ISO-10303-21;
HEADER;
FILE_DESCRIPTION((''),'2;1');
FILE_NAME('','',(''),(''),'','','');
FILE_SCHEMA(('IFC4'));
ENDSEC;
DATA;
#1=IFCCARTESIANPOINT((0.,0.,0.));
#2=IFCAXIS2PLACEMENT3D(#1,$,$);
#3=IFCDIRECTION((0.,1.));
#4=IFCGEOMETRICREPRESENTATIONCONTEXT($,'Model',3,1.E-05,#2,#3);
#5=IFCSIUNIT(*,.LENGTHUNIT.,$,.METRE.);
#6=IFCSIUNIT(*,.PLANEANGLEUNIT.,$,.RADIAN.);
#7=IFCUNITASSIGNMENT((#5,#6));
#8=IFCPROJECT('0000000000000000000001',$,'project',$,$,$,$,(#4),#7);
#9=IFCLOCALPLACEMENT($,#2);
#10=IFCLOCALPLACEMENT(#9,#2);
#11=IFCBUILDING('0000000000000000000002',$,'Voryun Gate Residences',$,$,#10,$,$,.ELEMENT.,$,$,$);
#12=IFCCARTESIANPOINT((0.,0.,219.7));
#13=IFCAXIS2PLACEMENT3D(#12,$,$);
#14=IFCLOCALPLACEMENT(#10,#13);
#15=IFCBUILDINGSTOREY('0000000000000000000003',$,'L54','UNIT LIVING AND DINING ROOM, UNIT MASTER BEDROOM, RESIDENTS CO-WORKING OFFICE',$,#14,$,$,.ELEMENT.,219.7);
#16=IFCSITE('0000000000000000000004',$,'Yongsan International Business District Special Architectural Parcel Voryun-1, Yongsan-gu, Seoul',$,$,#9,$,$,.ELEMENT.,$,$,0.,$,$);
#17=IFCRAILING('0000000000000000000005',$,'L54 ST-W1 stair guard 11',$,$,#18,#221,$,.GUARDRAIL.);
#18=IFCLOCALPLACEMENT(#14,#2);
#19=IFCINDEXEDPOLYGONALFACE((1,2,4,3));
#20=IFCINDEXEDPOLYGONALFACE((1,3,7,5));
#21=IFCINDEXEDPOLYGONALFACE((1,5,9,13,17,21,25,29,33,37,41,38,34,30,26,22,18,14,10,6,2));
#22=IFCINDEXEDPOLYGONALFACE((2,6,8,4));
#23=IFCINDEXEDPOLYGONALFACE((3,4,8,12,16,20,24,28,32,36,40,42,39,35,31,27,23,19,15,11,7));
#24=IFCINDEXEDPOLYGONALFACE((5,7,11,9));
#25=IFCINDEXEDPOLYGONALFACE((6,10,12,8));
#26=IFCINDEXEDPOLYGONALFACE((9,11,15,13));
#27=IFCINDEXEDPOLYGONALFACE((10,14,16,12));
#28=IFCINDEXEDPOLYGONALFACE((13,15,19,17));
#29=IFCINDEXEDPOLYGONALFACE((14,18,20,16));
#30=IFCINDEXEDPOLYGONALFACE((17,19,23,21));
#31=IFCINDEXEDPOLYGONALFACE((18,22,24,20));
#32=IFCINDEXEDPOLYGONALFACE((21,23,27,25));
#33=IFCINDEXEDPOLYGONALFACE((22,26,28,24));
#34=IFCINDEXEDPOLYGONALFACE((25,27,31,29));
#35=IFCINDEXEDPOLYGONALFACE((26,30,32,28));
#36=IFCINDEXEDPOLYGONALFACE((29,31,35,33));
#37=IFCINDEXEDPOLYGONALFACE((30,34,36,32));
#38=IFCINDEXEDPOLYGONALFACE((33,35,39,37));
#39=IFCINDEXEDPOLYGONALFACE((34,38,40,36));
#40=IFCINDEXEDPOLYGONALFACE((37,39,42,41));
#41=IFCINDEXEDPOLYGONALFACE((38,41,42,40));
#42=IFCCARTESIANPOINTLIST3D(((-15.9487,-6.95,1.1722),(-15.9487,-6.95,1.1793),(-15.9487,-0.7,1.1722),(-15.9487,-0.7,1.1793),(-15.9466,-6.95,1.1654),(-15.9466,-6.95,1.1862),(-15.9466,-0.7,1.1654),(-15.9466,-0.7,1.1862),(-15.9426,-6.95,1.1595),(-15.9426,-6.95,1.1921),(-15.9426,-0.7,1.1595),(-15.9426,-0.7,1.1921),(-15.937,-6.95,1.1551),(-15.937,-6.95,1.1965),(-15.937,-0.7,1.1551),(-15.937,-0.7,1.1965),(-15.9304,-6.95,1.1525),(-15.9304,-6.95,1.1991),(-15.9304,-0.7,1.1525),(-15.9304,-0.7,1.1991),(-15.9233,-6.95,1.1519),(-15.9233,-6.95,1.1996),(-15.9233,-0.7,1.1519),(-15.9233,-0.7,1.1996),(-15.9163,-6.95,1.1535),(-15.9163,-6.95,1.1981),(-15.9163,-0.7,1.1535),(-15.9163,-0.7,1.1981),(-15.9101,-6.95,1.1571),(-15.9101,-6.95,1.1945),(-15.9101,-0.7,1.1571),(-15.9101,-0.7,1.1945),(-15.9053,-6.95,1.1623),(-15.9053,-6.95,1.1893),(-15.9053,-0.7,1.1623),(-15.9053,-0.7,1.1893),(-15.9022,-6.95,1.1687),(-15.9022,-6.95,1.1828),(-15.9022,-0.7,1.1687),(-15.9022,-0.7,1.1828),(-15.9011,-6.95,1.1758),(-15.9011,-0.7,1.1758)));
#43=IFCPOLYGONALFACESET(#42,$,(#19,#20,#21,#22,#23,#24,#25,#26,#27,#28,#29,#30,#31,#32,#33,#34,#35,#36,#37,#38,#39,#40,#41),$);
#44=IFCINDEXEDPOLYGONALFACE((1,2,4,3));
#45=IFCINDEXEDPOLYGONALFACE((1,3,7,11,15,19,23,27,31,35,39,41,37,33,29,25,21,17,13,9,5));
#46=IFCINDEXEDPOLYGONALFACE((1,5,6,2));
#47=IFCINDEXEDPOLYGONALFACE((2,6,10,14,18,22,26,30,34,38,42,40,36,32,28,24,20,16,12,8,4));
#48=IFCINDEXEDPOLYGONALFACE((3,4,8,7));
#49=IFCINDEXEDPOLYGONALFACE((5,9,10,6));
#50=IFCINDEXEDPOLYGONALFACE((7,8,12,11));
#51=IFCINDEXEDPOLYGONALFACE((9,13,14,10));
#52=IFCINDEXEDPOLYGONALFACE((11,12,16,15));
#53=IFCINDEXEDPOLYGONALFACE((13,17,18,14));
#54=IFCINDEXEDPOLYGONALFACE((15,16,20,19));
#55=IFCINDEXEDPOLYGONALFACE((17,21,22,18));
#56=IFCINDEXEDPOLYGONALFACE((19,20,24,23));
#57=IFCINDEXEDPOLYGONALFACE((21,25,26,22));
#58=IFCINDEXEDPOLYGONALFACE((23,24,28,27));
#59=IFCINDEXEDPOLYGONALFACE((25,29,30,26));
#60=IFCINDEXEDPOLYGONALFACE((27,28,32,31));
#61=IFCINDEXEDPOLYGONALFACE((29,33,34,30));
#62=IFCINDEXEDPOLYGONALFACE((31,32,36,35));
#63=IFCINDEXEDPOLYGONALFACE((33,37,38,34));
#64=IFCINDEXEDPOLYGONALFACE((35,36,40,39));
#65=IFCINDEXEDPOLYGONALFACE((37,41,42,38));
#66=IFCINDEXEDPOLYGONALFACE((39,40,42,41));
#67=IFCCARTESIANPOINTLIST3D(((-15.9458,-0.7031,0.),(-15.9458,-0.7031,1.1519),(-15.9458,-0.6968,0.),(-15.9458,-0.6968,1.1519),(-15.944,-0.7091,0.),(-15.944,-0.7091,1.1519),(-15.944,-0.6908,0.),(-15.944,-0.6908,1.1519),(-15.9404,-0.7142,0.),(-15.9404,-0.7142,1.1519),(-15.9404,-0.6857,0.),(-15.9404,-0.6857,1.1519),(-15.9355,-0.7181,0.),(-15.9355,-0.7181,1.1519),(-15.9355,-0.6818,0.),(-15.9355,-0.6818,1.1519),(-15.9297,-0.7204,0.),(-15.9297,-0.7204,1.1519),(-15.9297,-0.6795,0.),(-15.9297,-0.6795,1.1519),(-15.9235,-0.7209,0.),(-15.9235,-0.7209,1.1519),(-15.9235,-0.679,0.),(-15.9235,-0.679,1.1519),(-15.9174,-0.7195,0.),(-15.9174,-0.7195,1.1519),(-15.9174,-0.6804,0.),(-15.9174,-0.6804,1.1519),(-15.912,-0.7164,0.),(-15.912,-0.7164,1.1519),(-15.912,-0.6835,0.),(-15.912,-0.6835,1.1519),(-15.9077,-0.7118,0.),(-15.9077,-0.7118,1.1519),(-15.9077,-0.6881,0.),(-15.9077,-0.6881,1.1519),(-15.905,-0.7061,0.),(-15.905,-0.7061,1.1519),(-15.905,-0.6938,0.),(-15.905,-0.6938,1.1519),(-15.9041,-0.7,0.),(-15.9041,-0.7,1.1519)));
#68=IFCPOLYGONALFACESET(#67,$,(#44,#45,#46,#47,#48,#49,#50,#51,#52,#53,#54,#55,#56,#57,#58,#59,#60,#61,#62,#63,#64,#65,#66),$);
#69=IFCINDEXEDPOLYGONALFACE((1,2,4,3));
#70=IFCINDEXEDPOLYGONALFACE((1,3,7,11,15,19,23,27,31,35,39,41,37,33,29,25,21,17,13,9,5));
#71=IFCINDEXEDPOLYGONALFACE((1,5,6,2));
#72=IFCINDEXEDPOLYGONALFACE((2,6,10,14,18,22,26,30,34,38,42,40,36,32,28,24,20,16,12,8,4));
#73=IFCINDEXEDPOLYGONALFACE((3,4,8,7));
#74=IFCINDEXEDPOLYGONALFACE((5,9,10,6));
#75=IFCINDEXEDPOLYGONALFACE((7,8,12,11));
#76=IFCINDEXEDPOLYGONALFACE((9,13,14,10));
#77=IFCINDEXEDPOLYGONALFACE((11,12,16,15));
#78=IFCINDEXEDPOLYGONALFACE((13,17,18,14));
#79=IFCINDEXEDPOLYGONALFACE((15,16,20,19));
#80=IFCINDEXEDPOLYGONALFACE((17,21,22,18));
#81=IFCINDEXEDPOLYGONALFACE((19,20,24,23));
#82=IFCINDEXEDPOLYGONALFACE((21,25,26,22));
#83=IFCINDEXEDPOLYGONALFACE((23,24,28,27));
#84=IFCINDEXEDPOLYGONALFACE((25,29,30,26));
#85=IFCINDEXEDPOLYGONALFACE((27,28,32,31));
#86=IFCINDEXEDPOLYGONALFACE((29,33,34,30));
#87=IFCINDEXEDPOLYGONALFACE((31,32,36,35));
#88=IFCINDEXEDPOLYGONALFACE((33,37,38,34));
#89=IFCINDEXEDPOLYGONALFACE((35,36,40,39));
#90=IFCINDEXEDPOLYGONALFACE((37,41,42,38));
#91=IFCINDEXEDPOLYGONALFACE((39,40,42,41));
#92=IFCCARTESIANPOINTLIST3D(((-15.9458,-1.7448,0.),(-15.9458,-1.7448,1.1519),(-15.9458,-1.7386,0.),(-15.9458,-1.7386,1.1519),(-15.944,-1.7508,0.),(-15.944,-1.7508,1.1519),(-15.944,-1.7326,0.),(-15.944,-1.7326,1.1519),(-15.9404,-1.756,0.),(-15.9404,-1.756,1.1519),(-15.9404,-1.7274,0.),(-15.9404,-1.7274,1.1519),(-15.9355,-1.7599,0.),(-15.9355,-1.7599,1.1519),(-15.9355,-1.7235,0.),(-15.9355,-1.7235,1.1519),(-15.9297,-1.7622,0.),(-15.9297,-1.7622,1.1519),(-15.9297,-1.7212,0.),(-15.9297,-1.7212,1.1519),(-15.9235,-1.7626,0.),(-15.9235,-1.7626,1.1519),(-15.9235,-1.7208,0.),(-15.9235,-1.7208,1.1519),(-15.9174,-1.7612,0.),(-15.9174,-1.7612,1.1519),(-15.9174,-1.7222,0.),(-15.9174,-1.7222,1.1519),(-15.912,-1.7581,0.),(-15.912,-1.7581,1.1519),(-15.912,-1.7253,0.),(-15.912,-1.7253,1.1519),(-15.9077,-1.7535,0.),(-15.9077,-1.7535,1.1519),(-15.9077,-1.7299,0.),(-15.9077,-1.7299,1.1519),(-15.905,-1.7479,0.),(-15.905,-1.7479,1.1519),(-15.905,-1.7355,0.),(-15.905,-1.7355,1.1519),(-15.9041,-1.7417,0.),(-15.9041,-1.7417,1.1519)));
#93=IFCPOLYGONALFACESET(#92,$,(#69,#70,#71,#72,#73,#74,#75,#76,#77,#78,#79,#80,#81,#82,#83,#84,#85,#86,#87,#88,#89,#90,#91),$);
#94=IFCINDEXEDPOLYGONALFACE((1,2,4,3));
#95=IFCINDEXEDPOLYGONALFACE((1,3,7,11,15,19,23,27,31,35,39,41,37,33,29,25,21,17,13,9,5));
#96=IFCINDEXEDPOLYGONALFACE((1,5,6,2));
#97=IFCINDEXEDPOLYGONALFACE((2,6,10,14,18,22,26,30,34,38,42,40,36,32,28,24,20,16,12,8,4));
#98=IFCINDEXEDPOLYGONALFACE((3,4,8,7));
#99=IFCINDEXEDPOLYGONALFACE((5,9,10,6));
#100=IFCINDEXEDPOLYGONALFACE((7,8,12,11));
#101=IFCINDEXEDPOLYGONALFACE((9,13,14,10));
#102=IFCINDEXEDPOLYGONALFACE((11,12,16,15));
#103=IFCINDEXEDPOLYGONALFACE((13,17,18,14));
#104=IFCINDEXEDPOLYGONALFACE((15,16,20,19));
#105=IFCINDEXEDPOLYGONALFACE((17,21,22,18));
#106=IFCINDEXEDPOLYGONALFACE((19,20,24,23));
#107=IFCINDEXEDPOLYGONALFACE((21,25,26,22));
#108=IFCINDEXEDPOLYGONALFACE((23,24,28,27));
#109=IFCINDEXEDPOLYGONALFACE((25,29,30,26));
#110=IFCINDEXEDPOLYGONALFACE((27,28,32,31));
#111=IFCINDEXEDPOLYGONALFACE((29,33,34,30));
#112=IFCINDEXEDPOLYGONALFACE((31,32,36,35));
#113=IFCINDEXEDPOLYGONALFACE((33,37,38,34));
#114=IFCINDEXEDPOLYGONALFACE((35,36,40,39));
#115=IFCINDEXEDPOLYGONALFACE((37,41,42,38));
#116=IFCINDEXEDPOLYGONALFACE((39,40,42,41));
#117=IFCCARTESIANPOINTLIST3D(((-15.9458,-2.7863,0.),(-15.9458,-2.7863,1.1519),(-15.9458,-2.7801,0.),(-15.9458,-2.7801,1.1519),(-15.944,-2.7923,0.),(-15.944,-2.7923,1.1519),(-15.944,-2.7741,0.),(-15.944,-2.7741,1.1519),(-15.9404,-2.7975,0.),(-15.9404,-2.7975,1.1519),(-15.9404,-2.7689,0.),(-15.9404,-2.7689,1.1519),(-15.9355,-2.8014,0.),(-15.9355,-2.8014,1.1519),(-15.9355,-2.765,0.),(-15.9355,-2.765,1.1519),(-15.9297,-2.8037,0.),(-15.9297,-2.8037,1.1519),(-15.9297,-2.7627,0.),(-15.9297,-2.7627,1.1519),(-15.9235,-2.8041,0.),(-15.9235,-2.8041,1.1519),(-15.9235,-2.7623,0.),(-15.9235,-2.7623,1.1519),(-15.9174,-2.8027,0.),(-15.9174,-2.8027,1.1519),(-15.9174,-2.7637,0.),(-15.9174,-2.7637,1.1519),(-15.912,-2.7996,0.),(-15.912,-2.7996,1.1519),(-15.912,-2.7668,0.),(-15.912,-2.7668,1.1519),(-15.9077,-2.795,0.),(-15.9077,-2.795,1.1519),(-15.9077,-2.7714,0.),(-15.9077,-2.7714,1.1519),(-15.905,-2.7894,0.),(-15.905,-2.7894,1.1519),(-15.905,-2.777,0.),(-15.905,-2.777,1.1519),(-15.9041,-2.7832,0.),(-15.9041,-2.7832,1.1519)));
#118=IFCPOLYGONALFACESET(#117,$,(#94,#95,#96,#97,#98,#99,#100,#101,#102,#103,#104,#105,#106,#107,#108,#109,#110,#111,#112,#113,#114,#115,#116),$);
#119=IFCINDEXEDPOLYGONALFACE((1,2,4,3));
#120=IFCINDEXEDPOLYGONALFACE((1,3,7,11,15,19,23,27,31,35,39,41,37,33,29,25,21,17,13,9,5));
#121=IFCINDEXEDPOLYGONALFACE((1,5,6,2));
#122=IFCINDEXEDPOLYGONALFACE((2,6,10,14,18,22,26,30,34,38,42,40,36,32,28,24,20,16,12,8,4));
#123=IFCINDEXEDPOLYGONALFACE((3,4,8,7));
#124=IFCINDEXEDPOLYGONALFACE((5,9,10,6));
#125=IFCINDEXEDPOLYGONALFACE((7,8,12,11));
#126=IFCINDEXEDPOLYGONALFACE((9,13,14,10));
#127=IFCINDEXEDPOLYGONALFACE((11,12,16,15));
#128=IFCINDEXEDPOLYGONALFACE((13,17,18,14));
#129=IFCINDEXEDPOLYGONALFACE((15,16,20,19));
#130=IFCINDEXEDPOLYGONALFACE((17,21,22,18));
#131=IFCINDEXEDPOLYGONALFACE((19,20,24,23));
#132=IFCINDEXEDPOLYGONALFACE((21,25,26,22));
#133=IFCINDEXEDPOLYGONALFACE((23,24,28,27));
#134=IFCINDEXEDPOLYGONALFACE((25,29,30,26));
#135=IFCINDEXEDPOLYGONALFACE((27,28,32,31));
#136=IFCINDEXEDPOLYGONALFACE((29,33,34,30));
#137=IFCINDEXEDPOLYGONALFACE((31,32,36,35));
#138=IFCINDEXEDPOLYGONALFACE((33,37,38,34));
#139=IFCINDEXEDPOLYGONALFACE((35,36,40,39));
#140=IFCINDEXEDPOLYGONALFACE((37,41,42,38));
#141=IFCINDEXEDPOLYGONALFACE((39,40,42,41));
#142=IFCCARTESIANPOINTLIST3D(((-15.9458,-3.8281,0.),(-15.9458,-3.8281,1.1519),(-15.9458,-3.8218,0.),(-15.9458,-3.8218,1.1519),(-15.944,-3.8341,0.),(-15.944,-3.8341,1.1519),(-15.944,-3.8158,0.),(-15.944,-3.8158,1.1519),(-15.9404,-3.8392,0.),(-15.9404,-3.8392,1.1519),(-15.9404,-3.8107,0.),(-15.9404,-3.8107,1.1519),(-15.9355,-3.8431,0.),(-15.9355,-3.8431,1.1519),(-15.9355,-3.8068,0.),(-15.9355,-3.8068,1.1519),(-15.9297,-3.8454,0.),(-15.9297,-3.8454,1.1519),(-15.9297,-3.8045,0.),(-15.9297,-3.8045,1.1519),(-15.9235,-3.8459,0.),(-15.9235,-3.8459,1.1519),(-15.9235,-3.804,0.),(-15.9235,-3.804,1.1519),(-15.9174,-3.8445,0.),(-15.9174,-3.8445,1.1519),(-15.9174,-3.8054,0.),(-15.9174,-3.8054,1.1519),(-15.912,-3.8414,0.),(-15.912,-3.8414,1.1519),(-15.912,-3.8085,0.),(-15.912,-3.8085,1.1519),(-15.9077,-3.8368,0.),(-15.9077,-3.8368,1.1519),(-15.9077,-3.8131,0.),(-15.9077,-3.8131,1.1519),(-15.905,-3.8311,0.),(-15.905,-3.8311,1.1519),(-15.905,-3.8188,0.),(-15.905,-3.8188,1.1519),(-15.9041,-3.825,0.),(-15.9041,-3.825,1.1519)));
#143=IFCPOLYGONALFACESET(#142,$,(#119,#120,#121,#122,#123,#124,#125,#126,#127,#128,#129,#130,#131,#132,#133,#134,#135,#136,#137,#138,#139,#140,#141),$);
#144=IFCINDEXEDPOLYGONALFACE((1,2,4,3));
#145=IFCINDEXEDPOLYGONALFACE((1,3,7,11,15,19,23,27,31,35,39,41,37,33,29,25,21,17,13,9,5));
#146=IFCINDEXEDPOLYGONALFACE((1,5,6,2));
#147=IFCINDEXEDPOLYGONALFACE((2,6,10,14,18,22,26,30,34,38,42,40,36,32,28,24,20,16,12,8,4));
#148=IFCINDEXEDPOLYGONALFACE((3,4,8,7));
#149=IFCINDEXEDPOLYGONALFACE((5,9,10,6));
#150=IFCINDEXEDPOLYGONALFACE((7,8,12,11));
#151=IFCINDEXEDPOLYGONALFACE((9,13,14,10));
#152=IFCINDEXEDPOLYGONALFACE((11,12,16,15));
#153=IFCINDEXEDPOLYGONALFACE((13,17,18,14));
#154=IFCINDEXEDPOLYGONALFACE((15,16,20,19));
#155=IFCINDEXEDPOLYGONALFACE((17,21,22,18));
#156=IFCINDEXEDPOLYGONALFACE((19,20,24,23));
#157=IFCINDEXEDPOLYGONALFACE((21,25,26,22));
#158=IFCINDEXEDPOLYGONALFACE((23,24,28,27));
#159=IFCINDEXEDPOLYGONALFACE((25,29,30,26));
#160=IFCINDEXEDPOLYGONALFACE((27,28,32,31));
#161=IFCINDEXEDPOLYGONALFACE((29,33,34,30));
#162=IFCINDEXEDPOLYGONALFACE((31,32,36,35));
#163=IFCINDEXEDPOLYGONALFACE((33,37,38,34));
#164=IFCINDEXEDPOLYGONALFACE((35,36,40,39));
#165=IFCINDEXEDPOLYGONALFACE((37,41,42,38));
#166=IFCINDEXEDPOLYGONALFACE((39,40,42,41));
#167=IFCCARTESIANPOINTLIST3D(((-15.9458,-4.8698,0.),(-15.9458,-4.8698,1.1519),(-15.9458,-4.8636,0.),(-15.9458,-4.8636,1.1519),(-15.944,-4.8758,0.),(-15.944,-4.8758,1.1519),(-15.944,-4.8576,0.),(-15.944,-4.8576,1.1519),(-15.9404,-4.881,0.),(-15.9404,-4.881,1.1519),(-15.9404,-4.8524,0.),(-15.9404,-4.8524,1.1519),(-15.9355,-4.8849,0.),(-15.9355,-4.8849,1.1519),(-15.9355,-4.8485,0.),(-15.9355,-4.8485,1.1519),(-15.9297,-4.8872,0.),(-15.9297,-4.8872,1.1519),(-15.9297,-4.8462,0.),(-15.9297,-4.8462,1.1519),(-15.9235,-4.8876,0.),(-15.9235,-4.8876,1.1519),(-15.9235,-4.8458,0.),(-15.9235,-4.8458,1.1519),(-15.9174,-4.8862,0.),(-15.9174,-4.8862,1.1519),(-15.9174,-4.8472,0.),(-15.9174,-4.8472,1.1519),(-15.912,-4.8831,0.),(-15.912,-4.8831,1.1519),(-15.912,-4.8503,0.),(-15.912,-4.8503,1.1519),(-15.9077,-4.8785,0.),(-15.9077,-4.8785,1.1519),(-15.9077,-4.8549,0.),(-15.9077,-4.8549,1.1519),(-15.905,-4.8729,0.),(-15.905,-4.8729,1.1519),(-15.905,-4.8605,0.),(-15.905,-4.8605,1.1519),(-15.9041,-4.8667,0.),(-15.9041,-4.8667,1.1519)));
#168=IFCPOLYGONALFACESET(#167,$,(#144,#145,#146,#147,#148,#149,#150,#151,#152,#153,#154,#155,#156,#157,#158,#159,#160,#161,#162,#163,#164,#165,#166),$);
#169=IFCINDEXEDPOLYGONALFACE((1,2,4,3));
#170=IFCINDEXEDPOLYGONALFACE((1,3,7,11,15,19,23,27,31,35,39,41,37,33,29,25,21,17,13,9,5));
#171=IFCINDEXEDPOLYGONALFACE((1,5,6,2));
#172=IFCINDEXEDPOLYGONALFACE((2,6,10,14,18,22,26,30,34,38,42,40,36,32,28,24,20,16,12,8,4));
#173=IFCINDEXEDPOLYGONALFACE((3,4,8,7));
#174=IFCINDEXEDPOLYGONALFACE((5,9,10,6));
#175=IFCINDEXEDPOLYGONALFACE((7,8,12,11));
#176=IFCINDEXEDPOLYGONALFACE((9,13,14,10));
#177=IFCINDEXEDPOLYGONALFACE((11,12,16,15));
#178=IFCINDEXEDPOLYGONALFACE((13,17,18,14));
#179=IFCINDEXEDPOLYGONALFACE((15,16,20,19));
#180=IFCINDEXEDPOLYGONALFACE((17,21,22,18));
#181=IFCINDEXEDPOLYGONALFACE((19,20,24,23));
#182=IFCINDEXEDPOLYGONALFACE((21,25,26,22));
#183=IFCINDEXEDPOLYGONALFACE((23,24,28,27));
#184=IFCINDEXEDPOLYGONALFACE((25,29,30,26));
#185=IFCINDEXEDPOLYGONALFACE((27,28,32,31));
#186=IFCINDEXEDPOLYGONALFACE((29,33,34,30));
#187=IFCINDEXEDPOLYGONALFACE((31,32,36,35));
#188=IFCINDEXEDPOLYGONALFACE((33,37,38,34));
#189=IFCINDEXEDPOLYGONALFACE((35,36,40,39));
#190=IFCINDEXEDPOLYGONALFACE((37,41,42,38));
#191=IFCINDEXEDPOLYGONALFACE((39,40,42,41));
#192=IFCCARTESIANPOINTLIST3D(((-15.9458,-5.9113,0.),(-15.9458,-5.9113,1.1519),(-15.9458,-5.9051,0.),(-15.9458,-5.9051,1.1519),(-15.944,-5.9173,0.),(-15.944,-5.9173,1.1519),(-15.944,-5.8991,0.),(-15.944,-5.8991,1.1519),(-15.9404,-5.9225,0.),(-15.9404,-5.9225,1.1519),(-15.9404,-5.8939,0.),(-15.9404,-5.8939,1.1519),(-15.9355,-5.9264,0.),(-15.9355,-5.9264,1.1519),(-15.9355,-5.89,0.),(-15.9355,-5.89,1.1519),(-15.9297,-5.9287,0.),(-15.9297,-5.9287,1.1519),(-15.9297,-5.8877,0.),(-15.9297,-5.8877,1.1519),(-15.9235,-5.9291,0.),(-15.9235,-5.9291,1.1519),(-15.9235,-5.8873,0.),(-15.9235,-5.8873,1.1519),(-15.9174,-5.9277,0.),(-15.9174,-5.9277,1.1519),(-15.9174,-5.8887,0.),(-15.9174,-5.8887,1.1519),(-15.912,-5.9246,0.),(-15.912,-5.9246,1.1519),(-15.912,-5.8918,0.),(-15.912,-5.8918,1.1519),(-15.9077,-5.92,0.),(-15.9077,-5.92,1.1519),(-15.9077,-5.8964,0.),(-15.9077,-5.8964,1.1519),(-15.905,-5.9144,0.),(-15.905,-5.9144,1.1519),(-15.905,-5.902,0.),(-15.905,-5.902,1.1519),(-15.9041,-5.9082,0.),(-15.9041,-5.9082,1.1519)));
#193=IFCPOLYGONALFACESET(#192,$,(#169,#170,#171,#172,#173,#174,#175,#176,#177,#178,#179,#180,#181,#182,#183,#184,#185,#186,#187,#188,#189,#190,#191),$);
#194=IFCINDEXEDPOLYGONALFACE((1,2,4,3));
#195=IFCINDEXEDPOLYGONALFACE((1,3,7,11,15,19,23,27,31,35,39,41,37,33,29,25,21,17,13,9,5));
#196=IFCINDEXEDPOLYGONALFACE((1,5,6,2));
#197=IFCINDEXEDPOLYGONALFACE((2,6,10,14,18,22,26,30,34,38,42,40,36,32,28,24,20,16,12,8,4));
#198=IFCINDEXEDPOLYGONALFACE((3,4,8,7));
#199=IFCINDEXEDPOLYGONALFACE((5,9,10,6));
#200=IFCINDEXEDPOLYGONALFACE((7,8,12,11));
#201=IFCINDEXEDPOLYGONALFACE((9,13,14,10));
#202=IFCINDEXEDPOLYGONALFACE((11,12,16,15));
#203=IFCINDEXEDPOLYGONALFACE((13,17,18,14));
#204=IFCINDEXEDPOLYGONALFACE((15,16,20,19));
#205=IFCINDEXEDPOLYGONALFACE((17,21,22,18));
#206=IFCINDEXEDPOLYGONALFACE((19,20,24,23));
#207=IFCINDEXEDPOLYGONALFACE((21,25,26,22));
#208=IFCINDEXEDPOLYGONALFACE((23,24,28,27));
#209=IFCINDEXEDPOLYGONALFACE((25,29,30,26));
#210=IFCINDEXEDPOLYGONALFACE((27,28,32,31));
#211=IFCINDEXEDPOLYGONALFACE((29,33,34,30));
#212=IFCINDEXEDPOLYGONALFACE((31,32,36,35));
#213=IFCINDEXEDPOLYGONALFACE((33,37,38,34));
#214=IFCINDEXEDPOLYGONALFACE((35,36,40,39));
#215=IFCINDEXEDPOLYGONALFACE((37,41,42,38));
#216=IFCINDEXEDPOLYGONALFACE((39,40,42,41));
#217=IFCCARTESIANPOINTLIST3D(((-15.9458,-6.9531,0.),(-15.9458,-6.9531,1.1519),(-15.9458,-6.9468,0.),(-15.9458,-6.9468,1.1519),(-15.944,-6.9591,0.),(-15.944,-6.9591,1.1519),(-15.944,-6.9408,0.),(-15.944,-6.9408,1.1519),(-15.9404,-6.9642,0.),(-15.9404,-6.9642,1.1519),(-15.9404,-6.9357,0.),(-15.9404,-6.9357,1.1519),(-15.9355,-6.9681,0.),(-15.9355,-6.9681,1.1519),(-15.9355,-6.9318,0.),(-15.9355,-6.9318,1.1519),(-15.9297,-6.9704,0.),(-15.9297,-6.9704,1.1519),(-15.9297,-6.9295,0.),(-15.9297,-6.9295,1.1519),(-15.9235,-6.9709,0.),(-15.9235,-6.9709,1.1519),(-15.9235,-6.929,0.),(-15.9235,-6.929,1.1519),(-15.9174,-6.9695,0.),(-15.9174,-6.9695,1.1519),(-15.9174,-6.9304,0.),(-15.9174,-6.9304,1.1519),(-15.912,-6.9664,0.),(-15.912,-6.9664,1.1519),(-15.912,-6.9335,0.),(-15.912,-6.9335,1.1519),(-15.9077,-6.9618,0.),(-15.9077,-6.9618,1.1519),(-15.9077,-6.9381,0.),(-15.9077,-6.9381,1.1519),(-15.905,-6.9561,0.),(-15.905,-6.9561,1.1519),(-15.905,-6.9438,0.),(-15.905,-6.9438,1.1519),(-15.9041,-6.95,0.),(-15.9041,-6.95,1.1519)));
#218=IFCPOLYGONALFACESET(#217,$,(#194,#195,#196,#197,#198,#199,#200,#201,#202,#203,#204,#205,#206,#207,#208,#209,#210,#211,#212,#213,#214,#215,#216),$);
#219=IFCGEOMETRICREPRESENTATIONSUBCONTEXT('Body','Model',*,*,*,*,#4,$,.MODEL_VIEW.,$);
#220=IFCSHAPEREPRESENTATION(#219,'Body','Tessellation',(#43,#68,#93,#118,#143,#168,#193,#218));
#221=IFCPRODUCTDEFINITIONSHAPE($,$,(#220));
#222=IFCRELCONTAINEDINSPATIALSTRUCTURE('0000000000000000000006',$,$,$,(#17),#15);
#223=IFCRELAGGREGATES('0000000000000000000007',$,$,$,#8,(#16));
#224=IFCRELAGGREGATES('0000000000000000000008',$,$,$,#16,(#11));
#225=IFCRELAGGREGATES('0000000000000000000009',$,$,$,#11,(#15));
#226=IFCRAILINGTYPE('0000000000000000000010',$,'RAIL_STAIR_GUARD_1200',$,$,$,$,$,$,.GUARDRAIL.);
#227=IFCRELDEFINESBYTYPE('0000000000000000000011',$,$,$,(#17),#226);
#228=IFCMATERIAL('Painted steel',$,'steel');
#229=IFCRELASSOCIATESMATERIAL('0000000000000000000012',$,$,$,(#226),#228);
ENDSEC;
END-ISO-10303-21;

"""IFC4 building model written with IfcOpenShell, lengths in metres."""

from ifc_helpers import new_model, si_unit, direction, frame, origin, origin_2d, place, context, subcontext, project, spatial, circle, extrude, material, type_object, element, save


model = new_model("IFC4")

# Units and contexts
model_context = context("Model", 3, precision=1e-05, world=origin(), true_north=direction((0.0, 1.0)))
body_context = subcontext(model_context, "Body", "Model", "MODEL_VIEW")
ifc_project = project(units=[si_unit("LENGTHUNIT", "METRE"), si_unit("PLANEANGLEUNIT", "RADIAN")], contexts=[model_context])

# Site, building, storey
site_placement = place(None, origin())
site = spatial("IfcSite", under=ifc_project, at=site_placement, Name="Yongsan International Business District Special Architectural Parcel Voryun-1, Yongsan-gu, Seoul", CompositionType="ELEMENT", RefElevation=0.0)
building_placement = place(site_placement, origin())
building = spatial("IfcBuilding", under=site, at=building_placement, Name="Voryun Gate Residences", CompositionType="ELEMENT")
storey_placement = place(building_placement, frame((0.0, 0.0, 219.7)))
storey = spatial("IfcBuildingStorey", under=building, at=storey_placement, Name="L54", Description="UNIT LIVING AND DINING ROOM, UNIT MASTER BEDROOM, RESIDENTS CO-WORKING OFFICE", CompositionType="ELEMENT", Elevation=219.7)

# Railing
ifc_material_1 = material(Name="Painted steel", Category="steel")
railing_type = type_object("IfcRailingType", Name="RAIL_STAIR_GUARD_1200", PredefinedType="GUARDRAIL", material=ifc_material_1)
railing_1_placement = place(storey_placement, frame((-15.925, -0.7, 0.0)))
element("IfcRailing", 1, at=railing_1_placement, inside=storey, type_object=railing_type, Name="L54 ST-W1 stair guard 11", PredefinedType="GUARDRAIL", context=body_context, shape_type="SweptSolid", body=[
    extrude(circle(Radius=0.0239, at=origin_2d()), frame((0.0, 0.0, 1.1758), z_axis=(0.0, -1.0, 0.0), x_axis=(1.0, 0.0, 0.0)), (0.0, 0.0, 1.0), 6.25),
    extrude(circle(Radius=0.021, at=origin_2d()), origin(), (0.0, 0.0, 1.0), 1.1519),
    extrude(circle(Radius=0.021, at=origin_2d()), frame((0.0, -1.0417, 0.0)), (0.0, 0.0, 1.0), 1.1519),
    extrude(circle(Radius=0.021, at=origin_2d()), frame((0.0, -2.0833, 0.0)), (0.0, 0.0, 1.0), 1.1519),
    extrude(circle(Radius=0.021, at=origin_2d()), frame((0.0, -3.125, 0.0)), (0.0, 0.0, 1.0), 1.1519),
    extrude(circle(Radius=0.021, at=origin_2d()), frame((0.0, -4.1667, 0.0)), (0.0, 0.0, 1.0), 1.1519),
    extrude(circle(Radius=0.021, at=origin_2d()), frame((0.0, -5.2083, 0.0)), (0.0, 0.0, 1.0), 1.1519),
    extrude(circle(Radius=0.021, at=origin_2d()), frame((0.0, -6.25, 0.0)), (0.0, 0.0, 1.0), 1.1519),
])

save(model, "model.ifc")
